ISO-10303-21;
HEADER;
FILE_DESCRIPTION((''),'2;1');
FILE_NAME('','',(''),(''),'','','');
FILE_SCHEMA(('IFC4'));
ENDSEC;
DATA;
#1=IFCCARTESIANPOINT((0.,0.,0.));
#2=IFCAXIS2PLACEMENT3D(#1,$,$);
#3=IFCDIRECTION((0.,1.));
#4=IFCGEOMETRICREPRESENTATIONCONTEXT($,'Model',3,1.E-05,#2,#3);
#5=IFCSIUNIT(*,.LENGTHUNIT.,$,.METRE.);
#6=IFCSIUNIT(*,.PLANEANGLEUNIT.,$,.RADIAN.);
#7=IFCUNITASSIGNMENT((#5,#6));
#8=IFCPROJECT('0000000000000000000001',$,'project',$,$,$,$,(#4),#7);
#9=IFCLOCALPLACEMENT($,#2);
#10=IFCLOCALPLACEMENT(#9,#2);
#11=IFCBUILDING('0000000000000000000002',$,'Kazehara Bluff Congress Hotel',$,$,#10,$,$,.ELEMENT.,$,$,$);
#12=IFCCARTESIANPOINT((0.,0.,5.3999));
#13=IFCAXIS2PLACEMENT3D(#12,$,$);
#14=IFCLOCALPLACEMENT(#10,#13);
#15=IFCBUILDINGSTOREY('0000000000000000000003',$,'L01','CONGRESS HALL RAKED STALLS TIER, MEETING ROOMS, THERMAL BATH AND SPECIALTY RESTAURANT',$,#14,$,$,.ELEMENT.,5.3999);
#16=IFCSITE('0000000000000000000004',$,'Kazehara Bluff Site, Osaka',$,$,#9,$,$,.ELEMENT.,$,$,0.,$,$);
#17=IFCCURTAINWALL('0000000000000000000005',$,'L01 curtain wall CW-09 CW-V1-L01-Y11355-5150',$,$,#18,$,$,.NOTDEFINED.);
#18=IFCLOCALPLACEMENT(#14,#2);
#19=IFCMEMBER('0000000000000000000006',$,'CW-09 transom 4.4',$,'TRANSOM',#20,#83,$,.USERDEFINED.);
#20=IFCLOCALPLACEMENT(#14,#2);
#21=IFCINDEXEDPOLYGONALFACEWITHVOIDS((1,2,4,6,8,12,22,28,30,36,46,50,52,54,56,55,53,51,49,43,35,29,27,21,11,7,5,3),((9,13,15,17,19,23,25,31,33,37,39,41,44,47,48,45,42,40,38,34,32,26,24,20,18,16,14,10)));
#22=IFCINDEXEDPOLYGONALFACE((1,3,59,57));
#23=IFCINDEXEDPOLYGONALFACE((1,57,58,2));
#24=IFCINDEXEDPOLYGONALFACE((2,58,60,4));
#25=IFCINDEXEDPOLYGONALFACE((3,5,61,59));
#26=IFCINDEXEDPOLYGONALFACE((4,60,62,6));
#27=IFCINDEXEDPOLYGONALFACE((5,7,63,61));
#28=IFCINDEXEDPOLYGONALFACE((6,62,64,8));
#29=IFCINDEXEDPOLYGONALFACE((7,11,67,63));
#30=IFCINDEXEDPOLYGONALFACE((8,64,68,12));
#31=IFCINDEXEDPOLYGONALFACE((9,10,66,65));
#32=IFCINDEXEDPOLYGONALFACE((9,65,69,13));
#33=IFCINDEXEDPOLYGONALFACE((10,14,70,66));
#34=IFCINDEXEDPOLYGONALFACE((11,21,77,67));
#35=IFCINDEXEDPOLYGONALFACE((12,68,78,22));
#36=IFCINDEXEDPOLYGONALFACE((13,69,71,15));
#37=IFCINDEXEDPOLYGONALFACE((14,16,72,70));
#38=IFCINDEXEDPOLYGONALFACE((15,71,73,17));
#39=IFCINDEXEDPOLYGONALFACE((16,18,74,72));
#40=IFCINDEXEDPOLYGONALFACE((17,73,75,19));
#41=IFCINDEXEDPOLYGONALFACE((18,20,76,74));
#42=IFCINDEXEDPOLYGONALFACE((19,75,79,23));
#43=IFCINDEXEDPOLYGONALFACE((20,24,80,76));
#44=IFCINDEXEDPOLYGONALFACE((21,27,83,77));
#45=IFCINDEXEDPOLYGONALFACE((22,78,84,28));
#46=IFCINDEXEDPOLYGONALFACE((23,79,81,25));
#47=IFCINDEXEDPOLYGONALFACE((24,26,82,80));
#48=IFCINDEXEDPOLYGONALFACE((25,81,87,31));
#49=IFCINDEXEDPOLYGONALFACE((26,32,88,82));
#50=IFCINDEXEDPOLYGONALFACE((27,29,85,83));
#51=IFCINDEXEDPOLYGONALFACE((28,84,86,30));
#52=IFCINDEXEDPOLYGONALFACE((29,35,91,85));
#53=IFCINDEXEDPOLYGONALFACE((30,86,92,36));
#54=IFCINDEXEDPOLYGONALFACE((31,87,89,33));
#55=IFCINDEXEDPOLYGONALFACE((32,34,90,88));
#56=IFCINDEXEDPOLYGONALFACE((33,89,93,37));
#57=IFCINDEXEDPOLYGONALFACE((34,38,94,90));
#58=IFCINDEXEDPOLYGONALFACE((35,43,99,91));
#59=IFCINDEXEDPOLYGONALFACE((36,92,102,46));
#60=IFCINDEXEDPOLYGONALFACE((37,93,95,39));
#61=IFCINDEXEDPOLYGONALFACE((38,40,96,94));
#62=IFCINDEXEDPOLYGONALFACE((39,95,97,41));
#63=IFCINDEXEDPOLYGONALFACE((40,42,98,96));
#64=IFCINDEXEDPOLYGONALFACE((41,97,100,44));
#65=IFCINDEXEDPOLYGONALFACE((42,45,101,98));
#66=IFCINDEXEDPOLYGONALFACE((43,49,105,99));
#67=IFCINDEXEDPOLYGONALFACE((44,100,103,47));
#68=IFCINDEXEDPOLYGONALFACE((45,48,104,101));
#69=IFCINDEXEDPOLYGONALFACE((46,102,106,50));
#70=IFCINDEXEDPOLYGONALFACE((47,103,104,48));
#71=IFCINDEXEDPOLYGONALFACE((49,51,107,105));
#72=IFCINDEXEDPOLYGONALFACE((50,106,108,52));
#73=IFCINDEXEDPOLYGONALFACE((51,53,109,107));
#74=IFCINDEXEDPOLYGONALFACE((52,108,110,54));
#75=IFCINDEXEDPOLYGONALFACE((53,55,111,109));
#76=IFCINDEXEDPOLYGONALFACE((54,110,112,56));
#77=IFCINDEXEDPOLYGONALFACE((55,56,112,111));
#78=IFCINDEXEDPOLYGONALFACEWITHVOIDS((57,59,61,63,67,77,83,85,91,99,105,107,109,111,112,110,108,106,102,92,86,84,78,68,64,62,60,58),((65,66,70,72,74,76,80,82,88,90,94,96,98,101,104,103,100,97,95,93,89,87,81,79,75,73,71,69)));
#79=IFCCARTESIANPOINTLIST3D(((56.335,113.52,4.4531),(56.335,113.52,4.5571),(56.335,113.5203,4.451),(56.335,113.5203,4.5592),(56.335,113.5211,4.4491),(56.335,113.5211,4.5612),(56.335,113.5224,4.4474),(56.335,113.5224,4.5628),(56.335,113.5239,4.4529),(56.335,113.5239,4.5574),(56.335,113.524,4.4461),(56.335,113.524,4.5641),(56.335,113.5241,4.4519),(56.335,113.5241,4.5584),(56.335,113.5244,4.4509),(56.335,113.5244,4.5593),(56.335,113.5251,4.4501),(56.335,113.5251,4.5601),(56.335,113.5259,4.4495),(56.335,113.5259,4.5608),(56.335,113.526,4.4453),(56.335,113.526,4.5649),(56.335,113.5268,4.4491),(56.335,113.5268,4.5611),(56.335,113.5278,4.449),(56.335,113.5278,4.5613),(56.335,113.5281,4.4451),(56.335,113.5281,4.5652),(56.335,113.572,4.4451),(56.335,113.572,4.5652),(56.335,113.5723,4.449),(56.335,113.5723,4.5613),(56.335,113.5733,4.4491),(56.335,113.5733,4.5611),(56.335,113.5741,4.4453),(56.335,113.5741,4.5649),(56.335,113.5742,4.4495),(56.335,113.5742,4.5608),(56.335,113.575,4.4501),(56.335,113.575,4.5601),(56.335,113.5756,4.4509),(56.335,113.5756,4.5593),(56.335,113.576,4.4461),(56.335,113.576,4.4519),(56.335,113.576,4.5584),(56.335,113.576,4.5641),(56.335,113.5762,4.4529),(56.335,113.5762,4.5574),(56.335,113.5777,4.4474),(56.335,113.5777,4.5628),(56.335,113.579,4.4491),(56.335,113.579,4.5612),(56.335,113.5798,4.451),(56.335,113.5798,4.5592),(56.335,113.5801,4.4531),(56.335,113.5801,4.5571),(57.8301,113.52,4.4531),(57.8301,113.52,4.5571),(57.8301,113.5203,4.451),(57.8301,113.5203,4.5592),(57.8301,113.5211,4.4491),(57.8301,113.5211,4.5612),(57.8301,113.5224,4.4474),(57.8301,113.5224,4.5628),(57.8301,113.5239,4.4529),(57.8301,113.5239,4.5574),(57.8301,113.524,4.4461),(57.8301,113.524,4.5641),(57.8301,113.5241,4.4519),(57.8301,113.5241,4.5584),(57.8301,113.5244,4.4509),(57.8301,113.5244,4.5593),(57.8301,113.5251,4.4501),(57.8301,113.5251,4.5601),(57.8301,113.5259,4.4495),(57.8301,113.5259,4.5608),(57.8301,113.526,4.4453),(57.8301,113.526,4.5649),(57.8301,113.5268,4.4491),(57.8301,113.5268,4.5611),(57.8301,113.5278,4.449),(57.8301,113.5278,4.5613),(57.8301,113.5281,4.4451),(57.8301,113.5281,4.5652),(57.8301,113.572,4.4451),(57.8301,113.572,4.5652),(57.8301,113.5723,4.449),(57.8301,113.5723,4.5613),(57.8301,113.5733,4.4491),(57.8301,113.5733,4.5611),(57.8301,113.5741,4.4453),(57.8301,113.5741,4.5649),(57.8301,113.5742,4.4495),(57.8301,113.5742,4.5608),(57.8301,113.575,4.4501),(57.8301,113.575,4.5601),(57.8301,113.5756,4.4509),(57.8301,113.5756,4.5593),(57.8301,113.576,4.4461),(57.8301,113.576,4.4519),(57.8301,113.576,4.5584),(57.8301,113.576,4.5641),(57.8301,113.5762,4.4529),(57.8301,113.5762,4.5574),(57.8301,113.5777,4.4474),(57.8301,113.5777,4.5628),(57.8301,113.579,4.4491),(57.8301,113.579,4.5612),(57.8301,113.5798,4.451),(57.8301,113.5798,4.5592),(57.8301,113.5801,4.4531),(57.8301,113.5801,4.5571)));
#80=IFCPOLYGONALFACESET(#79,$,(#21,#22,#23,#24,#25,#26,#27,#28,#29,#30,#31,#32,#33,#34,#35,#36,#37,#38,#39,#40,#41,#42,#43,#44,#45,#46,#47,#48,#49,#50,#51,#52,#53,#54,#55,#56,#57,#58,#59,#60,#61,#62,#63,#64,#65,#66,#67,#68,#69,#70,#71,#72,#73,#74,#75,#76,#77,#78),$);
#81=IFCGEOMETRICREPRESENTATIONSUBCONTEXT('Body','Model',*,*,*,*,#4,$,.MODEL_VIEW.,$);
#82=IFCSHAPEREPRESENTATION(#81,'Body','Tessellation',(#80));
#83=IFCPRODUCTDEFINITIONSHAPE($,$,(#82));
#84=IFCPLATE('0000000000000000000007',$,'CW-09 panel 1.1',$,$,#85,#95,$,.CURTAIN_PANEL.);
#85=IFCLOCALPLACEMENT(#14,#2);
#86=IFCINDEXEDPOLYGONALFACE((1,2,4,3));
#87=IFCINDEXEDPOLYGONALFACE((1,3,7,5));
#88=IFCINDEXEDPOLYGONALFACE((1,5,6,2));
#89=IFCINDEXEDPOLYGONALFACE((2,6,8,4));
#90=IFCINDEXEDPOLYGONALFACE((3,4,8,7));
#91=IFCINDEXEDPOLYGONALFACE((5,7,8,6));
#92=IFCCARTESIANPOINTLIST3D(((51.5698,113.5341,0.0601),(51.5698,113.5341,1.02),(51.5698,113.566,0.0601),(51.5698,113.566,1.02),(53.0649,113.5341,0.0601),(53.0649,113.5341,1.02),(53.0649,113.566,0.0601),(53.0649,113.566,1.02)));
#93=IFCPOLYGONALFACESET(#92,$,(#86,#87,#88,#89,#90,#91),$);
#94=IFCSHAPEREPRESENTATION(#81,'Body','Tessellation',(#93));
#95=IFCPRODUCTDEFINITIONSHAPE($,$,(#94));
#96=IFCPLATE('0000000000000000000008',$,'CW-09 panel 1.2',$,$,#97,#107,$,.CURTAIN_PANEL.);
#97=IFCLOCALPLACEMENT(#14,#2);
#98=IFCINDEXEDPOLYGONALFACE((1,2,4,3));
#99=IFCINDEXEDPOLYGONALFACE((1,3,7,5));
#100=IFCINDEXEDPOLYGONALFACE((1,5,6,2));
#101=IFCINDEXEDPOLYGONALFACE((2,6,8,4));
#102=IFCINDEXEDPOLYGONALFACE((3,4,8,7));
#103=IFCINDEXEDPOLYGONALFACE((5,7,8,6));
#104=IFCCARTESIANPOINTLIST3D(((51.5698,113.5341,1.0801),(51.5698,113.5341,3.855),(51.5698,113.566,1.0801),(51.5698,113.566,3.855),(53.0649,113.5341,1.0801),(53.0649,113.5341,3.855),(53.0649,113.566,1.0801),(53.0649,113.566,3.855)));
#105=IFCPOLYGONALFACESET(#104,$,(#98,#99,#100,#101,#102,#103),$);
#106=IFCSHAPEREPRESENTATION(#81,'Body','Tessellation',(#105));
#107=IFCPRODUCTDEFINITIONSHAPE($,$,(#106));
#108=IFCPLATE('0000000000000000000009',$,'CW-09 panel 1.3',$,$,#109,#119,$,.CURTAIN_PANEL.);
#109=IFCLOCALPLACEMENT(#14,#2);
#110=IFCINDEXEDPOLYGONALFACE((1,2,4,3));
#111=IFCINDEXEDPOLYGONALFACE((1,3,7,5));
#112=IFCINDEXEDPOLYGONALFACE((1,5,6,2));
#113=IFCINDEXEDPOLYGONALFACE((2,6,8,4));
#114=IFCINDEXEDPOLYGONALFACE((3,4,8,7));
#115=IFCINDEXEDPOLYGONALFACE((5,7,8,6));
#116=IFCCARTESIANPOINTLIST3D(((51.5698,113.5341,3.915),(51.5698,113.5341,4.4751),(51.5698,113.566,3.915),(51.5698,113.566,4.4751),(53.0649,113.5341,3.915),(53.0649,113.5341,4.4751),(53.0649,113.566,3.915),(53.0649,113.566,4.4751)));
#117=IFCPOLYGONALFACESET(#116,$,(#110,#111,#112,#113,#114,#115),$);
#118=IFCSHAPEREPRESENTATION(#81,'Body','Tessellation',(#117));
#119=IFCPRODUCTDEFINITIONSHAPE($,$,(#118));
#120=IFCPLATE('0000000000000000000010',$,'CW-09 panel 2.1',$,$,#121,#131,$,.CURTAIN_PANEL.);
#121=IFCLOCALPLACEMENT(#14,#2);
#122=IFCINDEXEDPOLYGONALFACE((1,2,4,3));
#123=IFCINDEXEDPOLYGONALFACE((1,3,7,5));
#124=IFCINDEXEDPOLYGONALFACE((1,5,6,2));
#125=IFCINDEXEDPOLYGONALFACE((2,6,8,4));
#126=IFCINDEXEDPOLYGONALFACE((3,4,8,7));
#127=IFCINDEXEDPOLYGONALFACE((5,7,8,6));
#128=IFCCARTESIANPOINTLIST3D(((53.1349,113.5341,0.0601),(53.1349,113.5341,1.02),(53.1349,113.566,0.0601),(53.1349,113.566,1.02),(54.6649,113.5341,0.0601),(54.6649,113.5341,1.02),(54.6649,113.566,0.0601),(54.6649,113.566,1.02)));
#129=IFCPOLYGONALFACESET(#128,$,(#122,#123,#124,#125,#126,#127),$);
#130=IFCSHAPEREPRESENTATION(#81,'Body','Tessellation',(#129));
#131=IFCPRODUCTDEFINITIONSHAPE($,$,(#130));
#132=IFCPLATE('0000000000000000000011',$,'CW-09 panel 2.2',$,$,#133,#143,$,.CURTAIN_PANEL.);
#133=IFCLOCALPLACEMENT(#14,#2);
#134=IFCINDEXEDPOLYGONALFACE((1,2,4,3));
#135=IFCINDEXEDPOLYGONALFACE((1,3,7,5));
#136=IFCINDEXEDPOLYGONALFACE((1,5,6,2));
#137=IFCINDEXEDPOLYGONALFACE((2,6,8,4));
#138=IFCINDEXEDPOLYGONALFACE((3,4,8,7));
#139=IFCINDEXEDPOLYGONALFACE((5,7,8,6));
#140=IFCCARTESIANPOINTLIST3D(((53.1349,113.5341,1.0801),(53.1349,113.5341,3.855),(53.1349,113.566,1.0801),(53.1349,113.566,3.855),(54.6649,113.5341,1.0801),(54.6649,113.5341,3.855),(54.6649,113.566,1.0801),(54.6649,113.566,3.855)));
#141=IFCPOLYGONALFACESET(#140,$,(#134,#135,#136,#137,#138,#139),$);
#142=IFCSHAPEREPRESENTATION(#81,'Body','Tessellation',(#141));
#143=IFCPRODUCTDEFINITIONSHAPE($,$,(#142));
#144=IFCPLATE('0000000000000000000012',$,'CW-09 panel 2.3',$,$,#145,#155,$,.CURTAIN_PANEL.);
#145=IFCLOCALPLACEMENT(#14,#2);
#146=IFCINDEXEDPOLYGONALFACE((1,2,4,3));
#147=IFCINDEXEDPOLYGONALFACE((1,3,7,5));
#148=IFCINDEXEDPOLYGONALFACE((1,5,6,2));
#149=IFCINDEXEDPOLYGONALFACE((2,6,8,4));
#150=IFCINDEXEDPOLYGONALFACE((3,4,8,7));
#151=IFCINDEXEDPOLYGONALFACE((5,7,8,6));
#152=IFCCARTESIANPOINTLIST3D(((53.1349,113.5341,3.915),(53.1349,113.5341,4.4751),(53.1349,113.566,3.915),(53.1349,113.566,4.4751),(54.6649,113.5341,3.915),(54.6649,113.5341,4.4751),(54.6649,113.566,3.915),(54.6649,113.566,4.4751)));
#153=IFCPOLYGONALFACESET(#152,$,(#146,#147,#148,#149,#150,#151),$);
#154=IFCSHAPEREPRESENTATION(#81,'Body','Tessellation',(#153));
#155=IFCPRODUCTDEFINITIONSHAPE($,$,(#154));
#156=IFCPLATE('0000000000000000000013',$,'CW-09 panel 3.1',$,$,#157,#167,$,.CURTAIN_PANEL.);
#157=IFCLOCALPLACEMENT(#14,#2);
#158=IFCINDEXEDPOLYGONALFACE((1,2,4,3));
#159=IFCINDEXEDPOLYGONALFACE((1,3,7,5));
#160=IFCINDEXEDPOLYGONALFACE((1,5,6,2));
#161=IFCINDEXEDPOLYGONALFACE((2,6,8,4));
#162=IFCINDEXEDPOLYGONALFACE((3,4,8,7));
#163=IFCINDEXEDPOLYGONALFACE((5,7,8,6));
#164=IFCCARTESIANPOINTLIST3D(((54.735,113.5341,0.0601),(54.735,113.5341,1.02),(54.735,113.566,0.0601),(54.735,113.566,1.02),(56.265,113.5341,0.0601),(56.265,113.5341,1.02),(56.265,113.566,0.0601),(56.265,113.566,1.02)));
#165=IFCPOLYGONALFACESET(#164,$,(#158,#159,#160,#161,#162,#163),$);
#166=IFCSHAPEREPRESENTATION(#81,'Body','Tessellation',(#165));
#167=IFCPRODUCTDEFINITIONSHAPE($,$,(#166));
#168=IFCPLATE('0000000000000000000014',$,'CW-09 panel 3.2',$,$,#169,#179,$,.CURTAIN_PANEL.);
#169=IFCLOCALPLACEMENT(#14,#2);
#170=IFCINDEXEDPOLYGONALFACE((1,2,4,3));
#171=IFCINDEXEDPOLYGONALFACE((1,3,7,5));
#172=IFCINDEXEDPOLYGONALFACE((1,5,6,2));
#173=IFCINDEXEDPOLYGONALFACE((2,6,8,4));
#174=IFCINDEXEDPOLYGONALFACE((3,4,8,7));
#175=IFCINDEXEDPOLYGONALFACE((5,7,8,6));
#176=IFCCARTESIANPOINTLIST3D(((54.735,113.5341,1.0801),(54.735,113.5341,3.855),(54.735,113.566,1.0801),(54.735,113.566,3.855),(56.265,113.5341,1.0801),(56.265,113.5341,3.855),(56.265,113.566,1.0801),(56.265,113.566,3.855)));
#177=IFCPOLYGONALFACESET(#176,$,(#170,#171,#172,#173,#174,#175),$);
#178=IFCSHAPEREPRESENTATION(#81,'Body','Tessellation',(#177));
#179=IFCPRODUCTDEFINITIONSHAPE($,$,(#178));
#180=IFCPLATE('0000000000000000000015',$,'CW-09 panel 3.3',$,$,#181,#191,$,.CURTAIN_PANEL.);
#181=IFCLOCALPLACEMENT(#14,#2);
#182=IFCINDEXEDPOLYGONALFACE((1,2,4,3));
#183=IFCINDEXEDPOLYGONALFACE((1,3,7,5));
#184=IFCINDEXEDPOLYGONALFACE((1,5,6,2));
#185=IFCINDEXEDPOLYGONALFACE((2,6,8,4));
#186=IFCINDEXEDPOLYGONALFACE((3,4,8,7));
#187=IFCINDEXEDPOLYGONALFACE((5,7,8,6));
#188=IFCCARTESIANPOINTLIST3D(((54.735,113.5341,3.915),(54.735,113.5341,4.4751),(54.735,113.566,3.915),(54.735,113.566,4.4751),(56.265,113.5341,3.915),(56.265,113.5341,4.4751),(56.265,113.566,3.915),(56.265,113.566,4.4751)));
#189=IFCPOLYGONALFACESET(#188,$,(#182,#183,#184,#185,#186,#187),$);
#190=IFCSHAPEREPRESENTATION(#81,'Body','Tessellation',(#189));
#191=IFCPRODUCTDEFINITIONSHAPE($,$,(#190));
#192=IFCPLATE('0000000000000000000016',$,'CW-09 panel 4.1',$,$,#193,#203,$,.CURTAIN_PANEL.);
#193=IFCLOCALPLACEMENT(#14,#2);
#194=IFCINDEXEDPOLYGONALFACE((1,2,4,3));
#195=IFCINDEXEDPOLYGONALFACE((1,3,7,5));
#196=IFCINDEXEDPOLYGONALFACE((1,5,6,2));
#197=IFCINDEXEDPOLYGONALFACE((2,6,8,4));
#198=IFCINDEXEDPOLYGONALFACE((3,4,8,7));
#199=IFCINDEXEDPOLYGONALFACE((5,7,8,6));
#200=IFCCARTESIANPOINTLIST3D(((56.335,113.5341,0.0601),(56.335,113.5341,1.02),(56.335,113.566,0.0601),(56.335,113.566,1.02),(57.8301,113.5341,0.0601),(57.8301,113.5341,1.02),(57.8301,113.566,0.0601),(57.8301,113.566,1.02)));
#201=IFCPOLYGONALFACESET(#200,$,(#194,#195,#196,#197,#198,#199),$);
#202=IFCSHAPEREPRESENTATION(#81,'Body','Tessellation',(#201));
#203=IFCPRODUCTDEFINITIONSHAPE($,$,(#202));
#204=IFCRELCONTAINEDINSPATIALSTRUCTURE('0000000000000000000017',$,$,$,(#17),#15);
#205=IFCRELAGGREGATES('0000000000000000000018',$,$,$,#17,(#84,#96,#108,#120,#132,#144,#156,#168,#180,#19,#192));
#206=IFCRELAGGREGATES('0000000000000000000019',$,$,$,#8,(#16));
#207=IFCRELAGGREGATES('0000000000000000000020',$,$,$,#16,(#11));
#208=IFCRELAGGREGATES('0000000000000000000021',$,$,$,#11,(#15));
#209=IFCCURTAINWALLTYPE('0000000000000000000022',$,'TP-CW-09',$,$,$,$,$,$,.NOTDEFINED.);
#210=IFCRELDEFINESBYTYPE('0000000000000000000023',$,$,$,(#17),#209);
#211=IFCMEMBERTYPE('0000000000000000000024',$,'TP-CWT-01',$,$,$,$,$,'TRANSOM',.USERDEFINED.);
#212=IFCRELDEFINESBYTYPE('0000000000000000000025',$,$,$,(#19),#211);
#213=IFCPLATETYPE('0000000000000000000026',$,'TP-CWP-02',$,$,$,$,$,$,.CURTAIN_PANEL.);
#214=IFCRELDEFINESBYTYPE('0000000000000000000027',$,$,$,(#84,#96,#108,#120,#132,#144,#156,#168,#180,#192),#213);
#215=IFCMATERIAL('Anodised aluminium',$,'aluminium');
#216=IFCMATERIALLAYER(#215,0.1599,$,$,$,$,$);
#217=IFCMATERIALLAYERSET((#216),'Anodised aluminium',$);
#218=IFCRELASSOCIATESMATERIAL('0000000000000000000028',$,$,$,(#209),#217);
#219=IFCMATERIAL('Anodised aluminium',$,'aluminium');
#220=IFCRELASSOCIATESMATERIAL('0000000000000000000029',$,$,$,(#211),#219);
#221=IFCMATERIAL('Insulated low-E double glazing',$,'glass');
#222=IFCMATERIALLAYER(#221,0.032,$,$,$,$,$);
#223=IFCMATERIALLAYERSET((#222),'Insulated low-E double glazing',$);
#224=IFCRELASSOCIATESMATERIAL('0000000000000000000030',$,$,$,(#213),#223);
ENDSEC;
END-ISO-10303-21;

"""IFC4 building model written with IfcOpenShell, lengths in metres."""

from ifc_helpers import new_model, si_unit, direction, frame, origin, origin_2d, place, context, subcontext, project, spatial, rectangle, hollow_rectangle, extrude, material, layer, layer_set, material_profile, profile_set, type_object, element, aggregate, save


model = new_model("IFC4")

# Units and contexts
model_context = context("Model", 3, precision=1e-05, world=origin(), true_north=direction((0.0, 1.0)))
body_context = subcontext(model_context, "Body", "Model", "MODEL_VIEW")
ifc_project = project(units=[si_unit("LENGTHUNIT", "METRE"), si_unit("PLANEANGLEUNIT", "RADIAN")], contexts=[model_context])

# Site, building, storey
site_placement = place(None, origin())
site = spatial("IfcSite", under=ifc_project, at=site_placement, Name="Kazehara Bluff Site, Osaka", CompositionType="ELEMENT", RefElevation=0.0)
building_placement = place(site_placement, origin())
building = spatial("IfcBuilding", under=site, at=building_placement, Name="Kazehara Bluff Congress Hotel", CompositionType="ELEMENT")
storey_placement = place(building_placement, frame((0.0, 0.0, 5.3999)))
storey = spatial("IfcBuildingStorey", under=building, at=storey_placement, Name="L01", Description="CONGRESS HALL RAKED STALLS TIER, MEETING ROOMS, THERMAL BATH AND SPECIALTY RESTAURANT", CompositionType="ELEMENT", Elevation=5.3999)

# Curtain wall, member, plates
ifc_material_1 = material(Name="Anodised aluminium", Category="aluminium")
ifc_layer_1 = layer(ifc_material_1, 0.1599)
ifc_layer_set_1 = layer_set([ifc_layer_1], Name="Anodised aluminium")
curtain_wall_type = type_object("IfcCurtainWallType", Name="TP-CW-09", PredefinedType="NOTDEFINED", material=ifc_layer_set_1)
curtain_wall_placement = place(storey_placement, origin())
curtain_wall = element("IfcCurtainWall", 1, at=curtain_wall_placement, inside=storey, type_object=curtain_wall_type, Name="L01 curtain wall CW-09 CW-V1-L01-Y11355-5150", PredefinedType="NOTDEFINED")
ifc_material_2 = material(Name="Anodised aluminium", Category="aluminium")
ifc_material_profile_1 = material_profile(ifc_material_2, hollow_rectangle(XDim=0.0601, YDim=0.1201, WallThickness=0.0039, InnerFilletRadius=0.0039, OuterFilletRadius=0.0081, at=origin_2d()))
ifc_profile_set_1 = profile_set([ifc_material_profile_1], Name="Anodised aluminium")
member_type_1 = type_object("IfcMemberType", Name="TP-CWT-01", ElementType="TRANSOM", PredefinedType="USERDEFINED", material=ifc_profile_set_1)
member_1_placement = place(storey_placement, frame((56.335, 113.55, 4.5051), z_axis=(1.0, 0.0, 0.0), x_axis=(0.0, 1.0, 0.0)))
member_1 = element("IfcMember", 2, at=member_1_placement, type_object=member_type_1, Name="CW-09 transom 4.4", ObjectType="TRANSOM", PredefinedType="USERDEFINED", context=body_context, shape_type="SweptSolid", body=[
    extrude(hollow_rectangle(XDim=0.0601, YDim=0.1201, WallThickness=0.0039, InnerFilletRadius=0.0039, OuterFilletRadius=0.0081, at=origin_2d()), origin(), (0.0, 0.0, 1.0), 1.4951),
])
ifc_material_3 = material(Name="Insulated low-E double glazing", Category="glass")
ifc_layer_2 = layer(ifc_material_3, 0.032)
ifc_layer_set_2 = layer_set([ifc_layer_2], Name="Insulated low-E double glazing")
plate_type = type_object("IfcPlateType", Name="TP-CWP-02", PredefinedType="CURTAIN_PANEL", material=ifc_layer_set_2)
plate_1_placement = place(storey_placement, frame((52.3174, 113.55, 0.0601), z_axis=(0.0, 0.0, 1.0), x_axis=(1.0, 0.0, 0.0)))
plate_1 = element("IfcPlate", 3, at=plate_1_placement, type_object=plate_type, Name="CW-09 panel 1.1", PredefinedType="CURTAIN_PANEL", context=body_context, shape_type="SweptSolid", body=[
    extrude(rectangle(XDim=1.4951, YDim=0.032, at=origin_2d()), origin(), (0.0, 0.0, 1.0), 0.96),
])
plate_2_placement = place(storey_placement, frame((52.3174, 113.55, 1.0801), z_axis=(0.0, 0.0, 1.0), x_axis=(1.0, 0.0, 0.0)))
plate_2 = element("IfcPlate", 4, at=plate_2_placement, type_object=plate_type, Name="CW-09 panel 1.2", PredefinedType="CURTAIN_PANEL", context=body_context, shape_type="SweptSolid", body=[
    extrude(rectangle(XDim=1.4951, YDim=0.032, at=origin_2d()), origin(), (0.0, 0.0, 1.0), 2.7749),
])
plate_3_placement = place(storey_placement, frame((52.3174, 113.55, 3.915), z_axis=(0.0, 0.0, 1.0), x_axis=(1.0, 0.0, 0.0)))
plate_3 = element("IfcPlate", 5, at=plate_3_placement, type_object=plate_type, Name="CW-09 panel 1.3", PredefinedType="CURTAIN_PANEL", context=body_context, shape_type="SweptSolid", body=[
    extrude(rectangle(XDim=1.4951, YDim=0.032, at=origin_2d()), origin(), (0.0, 0.0, 1.0), 0.5601),
])
plate_4_placement = place(storey_placement, frame((53.8999, 113.55, 0.0601), z_axis=(0.0, 0.0, 1.0), x_axis=(1.0, 0.0, 0.0)))
plate_4 = element("IfcPlate", 6, at=plate_4_placement, type_object=plate_type, Name="CW-09 panel 2.1", PredefinedType="CURTAIN_PANEL", context=body_context, shape_type="SweptSolid", body=[
    extrude(rectangle(XDim=1.53, YDim=0.032, at=origin_2d()), origin(), (0.0, 0.0, 1.0), 0.96),
])
plate_5_placement = place(storey_placement, frame((53.8999, 113.55, 1.0801), z_axis=(0.0, 0.0, 1.0), x_axis=(1.0, 0.0, 0.0)))
plate_5 = element("IfcPlate", 7, at=plate_5_placement, type_object=plate_type, Name="CW-09 panel 2.2", PredefinedType="CURTAIN_PANEL", context=body_context, shape_type="SweptSolid", body=[
    extrude(rectangle(XDim=1.53, YDim=0.032, at=origin_2d()), origin(), (0.0, 0.0, 1.0), 2.7749),
])
plate_6_placement = place(storey_placement, frame((53.8999, 113.55, 3.915), z_axis=(0.0, 0.0, 1.0), x_axis=(1.0, 0.0, 0.0)))
plate_6 = element("IfcPlate", 8, at=plate_6_placement, type_object=plate_type, Name="CW-09 panel 2.3", PredefinedType="CURTAIN_PANEL", context=body_context, shape_type="SweptSolid", body=[
    extrude(rectangle(XDim=1.53, YDim=0.032, at=origin_2d()), origin(), (0.0, 0.0, 1.0), 0.5601),
])
plate_7_placement = place(storey_placement, frame((55.5, 113.55, 0.0601), z_axis=(0.0, 0.0, 1.0), x_axis=(1.0, 0.0, 0.0)))
plate_7 = element("IfcPlate", 9, at=plate_7_placement, type_object=plate_type, Name="CW-09 panel 3.1", PredefinedType="CURTAIN_PANEL", context=body_context, shape_type="SweptSolid", body=[
    extrude(rectangle(XDim=1.53, YDim=0.032, at=origin_2d()), origin(), (0.0, 0.0, 1.0), 0.96),
])
plate_8_placement = place(storey_placement, frame((55.5, 113.55, 1.0801), z_axis=(0.0, 0.0, 1.0), x_axis=(1.0, 0.0, 0.0)))
plate_8 = element("IfcPlate", 10, at=plate_8_placement, type_object=plate_type, Name="CW-09 panel 3.2", PredefinedType="CURTAIN_PANEL", context=body_context, shape_type="SweptSolid", body=[
    extrude(rectangle(XDim=1.53, YDim=0.032, at=origin_2d()), origin(), (0.0, 0.0, 1.0), 2.7749),
])
plate_9_placement = place(storey_placement, frame((55.5, 113.55, 3.915), z_axis=(0.0, 0.0, 1.0), x_axis=(1.0, 0.0, 0.0)))
plate_9 = element("IfcPlate", 11, at=plate_9_placement, type_object=plate_type, Name="CW-09 panel 3.3", PredefinedType="CURTAIN_PANEL", context=body_context, shape_type="SweptSolid", body=[
    extrude(rectangle(XDim=1.53, YDim=0.032, at=origin_2d()), origin(), (0.0, 0.0, 1.0), 0.5601),
])
plate_10_placement = place(storey_placement, frame((57.0825, 113.55, 0.0601), z_axis=(0.0, 0.0, 1.0), x_axis=(1.0, 0.0, 0.0)))
plate_10 = element("IfcPlate", 12, at=plate_10_placement, type_object=plate_type, Name="CW-09 panel 4.1", PredefinedType="CURTAIN_PANEL", context=body_context, shape_type="SweptSolid", body=[
    extrude(rectangle(XDim=1.4951, YDim=0.032, at=origin_2d()), origin(), (0.0, 0.0, 1.0), 0.96),
])
aggregate(curtain_wall, [plate_1, plate_2, plate_3, plate_4, plate_5, plate_6, plate_7, plate_8, plate_9, member_1, plate_10])

save(model, "model.ifc")
